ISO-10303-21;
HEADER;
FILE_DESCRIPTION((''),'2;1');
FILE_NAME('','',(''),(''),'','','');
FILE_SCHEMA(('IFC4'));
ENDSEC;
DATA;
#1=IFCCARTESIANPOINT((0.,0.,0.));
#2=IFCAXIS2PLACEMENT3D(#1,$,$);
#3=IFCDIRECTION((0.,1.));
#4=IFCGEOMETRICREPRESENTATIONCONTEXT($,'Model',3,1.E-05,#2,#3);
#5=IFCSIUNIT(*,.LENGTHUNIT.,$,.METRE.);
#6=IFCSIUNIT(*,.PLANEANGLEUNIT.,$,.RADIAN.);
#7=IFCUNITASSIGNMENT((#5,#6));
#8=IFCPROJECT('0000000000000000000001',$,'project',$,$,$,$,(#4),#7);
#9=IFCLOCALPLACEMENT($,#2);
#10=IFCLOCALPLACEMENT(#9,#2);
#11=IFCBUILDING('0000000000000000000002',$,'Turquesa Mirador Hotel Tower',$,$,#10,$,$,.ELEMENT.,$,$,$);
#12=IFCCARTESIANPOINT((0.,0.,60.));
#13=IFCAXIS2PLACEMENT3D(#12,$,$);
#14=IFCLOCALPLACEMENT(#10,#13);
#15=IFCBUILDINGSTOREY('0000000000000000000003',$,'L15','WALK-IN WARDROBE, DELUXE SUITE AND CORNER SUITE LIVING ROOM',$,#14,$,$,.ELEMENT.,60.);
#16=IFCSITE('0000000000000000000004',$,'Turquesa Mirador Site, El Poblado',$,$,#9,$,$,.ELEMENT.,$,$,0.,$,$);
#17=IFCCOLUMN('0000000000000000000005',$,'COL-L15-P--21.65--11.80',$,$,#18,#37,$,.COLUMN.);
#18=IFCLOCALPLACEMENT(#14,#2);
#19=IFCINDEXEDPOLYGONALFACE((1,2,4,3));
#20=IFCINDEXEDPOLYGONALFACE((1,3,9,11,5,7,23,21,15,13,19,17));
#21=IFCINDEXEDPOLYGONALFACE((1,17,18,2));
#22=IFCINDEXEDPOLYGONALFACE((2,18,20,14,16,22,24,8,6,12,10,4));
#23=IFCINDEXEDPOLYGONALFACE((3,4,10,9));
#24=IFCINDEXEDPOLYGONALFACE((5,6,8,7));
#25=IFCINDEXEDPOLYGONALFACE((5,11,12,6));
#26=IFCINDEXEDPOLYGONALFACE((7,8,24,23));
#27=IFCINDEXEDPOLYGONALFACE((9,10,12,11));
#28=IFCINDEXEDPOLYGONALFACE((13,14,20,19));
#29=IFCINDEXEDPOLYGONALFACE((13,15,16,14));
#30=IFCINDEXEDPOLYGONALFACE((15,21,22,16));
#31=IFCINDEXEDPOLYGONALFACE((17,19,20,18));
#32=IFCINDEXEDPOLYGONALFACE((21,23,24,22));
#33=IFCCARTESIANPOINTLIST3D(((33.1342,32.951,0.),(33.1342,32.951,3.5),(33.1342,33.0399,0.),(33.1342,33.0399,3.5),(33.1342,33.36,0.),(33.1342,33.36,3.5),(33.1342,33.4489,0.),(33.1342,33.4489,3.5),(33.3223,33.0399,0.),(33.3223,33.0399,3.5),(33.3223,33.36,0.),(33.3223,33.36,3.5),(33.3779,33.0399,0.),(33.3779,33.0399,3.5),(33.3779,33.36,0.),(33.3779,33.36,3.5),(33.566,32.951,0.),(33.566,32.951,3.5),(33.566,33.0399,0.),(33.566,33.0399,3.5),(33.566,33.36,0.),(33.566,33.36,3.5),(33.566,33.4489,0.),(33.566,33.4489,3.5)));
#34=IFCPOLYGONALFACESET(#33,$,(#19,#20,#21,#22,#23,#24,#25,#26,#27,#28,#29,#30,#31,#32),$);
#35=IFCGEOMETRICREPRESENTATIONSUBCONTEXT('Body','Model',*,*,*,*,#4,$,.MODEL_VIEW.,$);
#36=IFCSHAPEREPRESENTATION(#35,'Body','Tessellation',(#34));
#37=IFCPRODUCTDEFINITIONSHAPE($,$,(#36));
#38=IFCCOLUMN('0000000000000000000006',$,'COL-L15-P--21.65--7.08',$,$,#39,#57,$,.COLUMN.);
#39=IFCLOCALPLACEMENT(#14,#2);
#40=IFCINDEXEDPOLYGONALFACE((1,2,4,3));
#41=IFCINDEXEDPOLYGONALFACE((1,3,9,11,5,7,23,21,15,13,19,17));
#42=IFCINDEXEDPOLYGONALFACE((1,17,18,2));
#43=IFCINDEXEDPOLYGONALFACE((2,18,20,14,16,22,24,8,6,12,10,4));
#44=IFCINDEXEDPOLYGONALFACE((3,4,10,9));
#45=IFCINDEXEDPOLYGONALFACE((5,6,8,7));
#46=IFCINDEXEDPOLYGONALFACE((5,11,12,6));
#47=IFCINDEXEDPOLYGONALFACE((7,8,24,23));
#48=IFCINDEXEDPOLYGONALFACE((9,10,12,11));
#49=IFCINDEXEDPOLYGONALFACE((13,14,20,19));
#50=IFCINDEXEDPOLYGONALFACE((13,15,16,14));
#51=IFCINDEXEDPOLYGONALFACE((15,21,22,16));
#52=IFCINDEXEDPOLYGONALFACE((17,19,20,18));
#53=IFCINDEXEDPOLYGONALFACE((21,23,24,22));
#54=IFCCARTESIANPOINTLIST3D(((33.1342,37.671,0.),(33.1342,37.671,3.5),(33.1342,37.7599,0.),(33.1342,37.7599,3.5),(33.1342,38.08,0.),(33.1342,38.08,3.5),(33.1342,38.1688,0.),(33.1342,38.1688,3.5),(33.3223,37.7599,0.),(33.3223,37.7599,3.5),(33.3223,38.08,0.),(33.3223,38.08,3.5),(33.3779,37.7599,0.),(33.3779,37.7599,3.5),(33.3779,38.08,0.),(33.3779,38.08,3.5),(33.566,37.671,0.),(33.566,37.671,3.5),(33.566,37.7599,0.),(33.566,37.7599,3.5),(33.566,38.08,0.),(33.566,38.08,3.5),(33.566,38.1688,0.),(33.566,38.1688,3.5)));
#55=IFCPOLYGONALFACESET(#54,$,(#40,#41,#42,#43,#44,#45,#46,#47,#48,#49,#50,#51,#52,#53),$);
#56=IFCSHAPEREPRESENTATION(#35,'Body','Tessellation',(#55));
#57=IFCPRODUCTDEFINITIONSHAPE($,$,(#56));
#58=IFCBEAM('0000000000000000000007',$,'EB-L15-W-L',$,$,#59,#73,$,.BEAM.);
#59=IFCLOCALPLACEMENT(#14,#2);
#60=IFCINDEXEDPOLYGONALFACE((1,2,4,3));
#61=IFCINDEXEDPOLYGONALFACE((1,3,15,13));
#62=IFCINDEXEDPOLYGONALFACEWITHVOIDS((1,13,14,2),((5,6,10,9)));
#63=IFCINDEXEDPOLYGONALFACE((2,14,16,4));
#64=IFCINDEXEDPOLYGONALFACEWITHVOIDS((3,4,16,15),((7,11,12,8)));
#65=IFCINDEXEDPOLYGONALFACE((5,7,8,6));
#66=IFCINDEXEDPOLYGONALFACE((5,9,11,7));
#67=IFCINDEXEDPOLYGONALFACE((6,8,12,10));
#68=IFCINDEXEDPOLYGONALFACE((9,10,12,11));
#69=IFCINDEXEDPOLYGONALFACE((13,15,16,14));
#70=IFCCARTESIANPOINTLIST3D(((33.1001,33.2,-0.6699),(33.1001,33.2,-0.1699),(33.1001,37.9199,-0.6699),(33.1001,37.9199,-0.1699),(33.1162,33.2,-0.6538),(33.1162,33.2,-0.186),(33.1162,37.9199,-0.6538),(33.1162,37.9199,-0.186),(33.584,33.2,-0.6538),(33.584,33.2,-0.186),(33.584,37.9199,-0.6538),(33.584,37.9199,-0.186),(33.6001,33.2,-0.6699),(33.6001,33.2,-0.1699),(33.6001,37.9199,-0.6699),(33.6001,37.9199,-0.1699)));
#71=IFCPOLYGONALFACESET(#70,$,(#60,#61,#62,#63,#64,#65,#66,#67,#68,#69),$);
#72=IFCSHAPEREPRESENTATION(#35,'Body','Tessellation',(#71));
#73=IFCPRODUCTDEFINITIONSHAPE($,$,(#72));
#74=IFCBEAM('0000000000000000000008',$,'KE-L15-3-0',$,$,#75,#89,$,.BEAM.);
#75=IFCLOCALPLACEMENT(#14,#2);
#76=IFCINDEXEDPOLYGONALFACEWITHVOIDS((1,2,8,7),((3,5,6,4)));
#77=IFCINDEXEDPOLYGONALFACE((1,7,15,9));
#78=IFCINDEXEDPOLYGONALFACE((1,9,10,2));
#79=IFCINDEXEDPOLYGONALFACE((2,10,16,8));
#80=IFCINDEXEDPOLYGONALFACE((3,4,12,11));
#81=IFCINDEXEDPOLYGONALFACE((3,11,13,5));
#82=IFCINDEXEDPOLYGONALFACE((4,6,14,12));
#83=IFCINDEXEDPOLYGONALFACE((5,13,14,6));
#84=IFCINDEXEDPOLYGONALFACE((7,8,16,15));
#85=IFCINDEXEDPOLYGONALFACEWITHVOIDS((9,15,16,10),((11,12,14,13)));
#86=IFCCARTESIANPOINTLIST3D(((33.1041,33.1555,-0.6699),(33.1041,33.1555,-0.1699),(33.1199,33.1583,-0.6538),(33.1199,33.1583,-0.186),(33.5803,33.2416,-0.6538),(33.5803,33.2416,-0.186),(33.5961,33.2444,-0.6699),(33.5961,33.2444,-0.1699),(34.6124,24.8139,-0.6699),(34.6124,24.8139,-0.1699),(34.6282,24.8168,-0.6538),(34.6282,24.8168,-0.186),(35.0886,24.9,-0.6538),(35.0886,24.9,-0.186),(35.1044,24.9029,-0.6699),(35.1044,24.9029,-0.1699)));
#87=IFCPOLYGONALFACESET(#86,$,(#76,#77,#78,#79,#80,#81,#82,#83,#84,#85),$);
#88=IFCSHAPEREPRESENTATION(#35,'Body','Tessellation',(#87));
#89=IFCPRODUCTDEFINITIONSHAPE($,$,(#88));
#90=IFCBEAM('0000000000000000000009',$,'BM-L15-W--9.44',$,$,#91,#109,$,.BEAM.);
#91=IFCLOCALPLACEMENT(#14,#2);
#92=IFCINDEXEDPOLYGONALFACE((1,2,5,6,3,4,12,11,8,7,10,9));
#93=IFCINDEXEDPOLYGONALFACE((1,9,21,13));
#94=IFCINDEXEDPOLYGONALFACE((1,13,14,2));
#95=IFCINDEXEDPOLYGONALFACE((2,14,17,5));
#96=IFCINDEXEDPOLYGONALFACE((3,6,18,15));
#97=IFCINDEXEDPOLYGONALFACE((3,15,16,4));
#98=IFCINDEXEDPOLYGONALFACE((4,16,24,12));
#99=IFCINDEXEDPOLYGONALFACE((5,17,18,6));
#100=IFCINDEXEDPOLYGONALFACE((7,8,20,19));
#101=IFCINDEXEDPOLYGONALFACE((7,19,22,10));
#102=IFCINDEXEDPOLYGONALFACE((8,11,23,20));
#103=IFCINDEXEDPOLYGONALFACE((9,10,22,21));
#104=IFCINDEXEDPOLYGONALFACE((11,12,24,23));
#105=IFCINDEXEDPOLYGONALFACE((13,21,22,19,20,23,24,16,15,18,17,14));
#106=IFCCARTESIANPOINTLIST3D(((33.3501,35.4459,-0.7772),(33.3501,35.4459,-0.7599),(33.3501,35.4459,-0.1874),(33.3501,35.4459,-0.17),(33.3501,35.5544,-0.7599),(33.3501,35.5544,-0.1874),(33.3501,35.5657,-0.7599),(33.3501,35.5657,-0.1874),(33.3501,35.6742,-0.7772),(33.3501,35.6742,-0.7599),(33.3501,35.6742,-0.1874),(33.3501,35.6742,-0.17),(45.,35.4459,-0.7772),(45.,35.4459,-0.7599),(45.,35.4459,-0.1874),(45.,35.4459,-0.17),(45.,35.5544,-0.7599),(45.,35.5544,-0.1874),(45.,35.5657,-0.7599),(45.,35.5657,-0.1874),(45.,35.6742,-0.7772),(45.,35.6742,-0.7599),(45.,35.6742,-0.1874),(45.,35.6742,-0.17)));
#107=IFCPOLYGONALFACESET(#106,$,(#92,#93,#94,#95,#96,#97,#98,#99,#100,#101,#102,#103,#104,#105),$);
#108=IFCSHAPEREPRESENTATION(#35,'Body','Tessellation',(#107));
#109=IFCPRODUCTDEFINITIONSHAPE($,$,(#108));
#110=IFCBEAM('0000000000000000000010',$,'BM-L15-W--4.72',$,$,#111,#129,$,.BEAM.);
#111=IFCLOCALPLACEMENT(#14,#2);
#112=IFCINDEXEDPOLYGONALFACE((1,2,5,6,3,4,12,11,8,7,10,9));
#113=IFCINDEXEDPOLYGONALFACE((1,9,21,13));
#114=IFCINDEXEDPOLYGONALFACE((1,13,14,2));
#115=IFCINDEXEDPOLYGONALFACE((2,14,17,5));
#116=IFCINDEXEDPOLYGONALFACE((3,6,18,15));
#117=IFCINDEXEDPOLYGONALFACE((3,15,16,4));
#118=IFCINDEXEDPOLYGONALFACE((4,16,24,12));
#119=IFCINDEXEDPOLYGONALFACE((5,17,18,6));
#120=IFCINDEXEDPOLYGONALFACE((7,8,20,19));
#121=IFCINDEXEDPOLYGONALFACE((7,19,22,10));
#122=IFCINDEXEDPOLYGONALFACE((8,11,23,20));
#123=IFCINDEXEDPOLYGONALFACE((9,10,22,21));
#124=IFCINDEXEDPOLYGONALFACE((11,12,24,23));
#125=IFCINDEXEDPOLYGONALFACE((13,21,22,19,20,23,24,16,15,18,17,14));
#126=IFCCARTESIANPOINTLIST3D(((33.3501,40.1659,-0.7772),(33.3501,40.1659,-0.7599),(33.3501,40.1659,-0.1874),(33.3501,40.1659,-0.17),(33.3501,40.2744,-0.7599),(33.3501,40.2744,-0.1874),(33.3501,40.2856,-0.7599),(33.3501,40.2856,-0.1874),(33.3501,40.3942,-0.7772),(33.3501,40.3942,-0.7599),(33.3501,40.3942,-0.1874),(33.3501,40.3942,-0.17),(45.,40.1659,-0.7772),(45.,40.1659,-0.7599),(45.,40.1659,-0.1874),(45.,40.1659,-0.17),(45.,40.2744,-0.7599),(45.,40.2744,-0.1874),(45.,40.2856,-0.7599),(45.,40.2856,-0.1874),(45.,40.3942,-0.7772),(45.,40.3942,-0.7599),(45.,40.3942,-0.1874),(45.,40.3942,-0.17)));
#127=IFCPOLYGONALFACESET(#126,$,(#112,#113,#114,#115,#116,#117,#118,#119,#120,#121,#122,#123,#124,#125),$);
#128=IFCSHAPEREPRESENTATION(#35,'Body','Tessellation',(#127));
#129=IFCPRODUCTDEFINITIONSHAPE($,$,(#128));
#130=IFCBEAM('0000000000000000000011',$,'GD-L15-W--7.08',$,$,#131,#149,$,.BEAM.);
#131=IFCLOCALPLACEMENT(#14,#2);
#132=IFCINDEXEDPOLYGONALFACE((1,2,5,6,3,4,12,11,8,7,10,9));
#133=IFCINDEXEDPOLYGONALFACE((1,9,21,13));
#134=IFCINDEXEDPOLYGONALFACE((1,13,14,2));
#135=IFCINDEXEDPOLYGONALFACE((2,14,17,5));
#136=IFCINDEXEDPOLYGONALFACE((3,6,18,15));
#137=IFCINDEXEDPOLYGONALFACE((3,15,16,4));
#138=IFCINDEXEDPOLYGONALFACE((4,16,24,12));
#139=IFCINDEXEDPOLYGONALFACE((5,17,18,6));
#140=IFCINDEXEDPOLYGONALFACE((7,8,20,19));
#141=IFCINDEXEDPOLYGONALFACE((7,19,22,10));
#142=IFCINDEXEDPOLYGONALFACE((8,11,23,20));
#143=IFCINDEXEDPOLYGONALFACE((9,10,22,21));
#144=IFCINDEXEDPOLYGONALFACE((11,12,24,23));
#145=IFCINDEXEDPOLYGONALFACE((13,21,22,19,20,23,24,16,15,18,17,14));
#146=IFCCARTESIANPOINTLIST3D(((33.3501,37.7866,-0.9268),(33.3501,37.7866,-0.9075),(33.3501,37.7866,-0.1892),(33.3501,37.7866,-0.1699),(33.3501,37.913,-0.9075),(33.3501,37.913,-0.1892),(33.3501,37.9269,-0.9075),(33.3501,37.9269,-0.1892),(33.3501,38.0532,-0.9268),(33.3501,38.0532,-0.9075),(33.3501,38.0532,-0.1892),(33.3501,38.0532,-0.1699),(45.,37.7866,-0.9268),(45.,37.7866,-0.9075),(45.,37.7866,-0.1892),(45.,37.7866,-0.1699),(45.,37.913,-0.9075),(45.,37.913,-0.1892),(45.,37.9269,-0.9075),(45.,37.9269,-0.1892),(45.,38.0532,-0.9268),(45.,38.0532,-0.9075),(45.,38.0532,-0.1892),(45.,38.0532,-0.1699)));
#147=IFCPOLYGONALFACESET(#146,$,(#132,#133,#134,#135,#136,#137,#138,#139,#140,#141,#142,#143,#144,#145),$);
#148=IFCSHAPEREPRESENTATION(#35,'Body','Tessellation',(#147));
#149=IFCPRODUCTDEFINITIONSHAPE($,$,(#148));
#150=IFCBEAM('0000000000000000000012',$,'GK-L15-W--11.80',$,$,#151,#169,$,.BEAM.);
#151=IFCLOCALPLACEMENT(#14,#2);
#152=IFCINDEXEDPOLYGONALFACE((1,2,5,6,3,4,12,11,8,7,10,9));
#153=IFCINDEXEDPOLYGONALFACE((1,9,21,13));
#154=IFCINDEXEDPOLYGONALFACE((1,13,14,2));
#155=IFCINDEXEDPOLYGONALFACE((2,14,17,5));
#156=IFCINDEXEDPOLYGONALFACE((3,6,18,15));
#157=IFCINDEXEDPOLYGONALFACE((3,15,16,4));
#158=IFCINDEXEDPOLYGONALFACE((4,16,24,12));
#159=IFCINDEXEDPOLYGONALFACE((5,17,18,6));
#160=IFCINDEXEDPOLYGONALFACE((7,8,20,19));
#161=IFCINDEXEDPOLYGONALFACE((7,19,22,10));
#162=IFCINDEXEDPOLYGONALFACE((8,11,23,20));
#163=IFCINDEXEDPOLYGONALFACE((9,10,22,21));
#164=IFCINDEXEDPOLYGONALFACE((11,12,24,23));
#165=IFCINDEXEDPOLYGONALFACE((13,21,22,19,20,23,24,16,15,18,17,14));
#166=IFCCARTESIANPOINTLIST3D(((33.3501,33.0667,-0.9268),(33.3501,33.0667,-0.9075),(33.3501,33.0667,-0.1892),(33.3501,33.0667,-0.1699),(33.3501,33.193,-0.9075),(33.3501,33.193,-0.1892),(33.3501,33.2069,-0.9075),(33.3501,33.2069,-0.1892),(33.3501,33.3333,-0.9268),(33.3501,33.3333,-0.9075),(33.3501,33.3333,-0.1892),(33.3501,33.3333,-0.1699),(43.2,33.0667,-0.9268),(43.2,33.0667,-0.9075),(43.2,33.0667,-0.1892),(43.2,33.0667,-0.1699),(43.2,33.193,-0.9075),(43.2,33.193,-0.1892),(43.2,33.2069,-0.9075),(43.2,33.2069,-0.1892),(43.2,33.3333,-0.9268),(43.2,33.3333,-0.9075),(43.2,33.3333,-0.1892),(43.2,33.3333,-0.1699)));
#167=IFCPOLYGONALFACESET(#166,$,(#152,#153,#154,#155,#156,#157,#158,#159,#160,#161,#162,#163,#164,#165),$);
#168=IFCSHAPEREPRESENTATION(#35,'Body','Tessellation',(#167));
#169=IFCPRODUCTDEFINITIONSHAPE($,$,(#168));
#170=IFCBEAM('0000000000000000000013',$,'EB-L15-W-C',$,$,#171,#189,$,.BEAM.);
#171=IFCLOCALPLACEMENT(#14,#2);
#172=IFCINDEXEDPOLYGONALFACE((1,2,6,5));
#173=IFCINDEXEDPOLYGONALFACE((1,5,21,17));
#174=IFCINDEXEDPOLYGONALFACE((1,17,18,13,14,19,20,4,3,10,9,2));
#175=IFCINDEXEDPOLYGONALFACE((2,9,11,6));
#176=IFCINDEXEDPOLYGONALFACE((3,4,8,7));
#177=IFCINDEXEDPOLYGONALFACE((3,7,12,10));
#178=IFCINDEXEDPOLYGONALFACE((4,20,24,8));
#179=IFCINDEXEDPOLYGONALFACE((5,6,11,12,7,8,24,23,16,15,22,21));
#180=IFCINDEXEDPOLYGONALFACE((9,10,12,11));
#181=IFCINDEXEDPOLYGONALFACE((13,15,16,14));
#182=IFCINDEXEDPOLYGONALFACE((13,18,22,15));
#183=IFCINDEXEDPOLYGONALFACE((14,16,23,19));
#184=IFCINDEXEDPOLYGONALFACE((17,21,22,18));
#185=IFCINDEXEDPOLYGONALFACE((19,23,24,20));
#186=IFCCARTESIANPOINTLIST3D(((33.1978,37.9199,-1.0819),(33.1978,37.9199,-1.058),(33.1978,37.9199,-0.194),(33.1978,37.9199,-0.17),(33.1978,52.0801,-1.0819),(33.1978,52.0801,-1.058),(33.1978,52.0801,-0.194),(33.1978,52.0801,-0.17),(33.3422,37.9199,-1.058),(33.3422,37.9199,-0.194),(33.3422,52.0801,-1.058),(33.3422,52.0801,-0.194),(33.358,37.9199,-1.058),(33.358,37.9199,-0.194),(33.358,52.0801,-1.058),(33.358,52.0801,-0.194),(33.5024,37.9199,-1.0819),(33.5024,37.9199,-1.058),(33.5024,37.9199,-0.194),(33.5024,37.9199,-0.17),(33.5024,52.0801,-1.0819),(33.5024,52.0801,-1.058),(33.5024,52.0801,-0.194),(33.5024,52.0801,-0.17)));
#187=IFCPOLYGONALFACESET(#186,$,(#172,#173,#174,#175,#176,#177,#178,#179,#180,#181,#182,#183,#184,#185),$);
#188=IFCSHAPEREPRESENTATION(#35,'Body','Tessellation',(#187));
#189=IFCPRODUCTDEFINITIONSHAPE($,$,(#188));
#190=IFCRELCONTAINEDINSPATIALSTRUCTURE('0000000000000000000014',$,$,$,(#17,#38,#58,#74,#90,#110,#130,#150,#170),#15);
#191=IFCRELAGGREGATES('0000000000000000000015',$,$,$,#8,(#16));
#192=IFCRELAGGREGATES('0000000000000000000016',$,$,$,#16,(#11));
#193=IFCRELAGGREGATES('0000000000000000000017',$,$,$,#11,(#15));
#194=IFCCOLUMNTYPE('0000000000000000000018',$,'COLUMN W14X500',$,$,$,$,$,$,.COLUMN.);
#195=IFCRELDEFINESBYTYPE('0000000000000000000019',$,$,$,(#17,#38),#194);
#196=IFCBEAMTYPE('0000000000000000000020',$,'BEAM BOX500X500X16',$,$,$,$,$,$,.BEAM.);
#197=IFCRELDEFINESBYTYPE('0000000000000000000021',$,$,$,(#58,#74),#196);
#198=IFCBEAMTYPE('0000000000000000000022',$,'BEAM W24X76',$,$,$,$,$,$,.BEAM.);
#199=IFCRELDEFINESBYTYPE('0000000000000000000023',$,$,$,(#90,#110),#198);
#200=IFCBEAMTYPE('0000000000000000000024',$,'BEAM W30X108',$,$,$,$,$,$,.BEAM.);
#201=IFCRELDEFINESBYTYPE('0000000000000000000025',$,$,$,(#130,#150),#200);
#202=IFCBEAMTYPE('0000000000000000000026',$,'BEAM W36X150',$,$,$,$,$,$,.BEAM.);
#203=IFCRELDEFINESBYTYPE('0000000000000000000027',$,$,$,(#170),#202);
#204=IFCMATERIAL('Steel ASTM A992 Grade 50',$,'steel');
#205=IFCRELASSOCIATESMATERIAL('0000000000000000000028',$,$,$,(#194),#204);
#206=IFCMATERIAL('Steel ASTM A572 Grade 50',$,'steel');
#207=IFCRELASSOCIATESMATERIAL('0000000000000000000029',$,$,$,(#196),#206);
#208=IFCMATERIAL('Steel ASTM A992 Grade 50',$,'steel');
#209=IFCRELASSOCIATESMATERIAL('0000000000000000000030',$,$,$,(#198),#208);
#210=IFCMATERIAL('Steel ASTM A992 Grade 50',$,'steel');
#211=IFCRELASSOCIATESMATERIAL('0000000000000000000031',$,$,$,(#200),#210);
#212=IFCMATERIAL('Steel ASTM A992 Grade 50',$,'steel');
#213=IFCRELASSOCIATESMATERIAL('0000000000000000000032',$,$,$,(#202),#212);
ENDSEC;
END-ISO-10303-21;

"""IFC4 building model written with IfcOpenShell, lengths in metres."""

from ifc_helpers import new_model, si_unit, direction, frame, origin, origin_2d, place, context, subcontext, project, spatial, hollow_rectangle, i_section, extrude, material, material_profile, profile_set, type_object, element, save


model = new_model("IFC4")

# Units and contexts
model_context = context("Model", 3, precision=1e-05, world=origin(), true_north=direction((0.0, 1.0)))
body_context = subcontext(model_context, "Body", "Model", "MODEL_VIEW")
ifc_project = project(units=[si_unit("LENGTHUNIT", "METRE"), si_unit("PLANEANGLEUNIT", "RADIAN")], contexts=[model_context])

# Site, building, storey
site_placement = place(None, origin())
site = spatial("IfcSite", under=ifc_project, at=site_placement, Name="Turquesa Mirador Site, El Poblado", CompositionType="ELEMENT", RefElevation=0.0)
building_placement = place(site_placement, origin())
building = spatial("IfcBuilding", under=site, at=building_placement, Name="Turquesa Mirador Hotel Tower", CompositionType="ELEMENT")
storey_placement = place(building_placement, frame((0.0, 0.0, 60.0)))
storey = spatial("IfcBuildingStorey", under=building, at=storey_placement, Name="L15", Description="WALK-IN WARDROBE, DELUXE SUITE AND CORNER SUITE LIVING ROOM", CompositionType="ELEMENT", Elevation=60.0)

# Columns
ifc_material_1 = material(Name="Steel ASTM A992 Grade 50", Category="steel")
ifc_material_profile_1 = material_profile(ifc_material_1, i_section(OverallWidth=0.4319, OverallDepth=0.4978, WebThickness=0.0557, FlangeThickness=0.0889, at=origin_2d()), Name="W14X500")
ifc_profile_set_1 = profile_set([ifc_material_profile_1], Name="Steel ASTM A992 Grade 50")
column_type = type_object("IfcColumnType", Name="COLUMN W14X500", PredefinedType="COLUMN", material=ifc_profile_set_1)
for number, where, z_axis, x_axis, name in (
    (1, (33.3501, 33.2, 0.0), (0.0, 0.0, 1.0), (1.0, 0.0, 0.0), "COL-L15-P--21.65--11.80"),
    (2, (33.3501, 37.9199, 0.0), (0.0, 0.0, 1.0), (1.0, 0.0, 0.0), "COL-L15-P--21.65--7.08"),
):
    element("IfcColumn", number, at=place(storey_placement, frame(where, z_axis=z_axis, x_axis=x_axis)), inside=storey, type_object=column_type, Name=name, PredefinedType="COLUMN", context=body_context, shape_type="SweptSolid", body=[
        extrude(i_section(OverallWidth=0.4319, OverallDepth=0.4978, WebThickness=0.0557, FlangeThickness=0.0889, at=origin_2d()), origin(), (0.0, 0.0, 1.0), 3.5),
    ])

# Beams
ifc_material_2 = material(Name="Steel ASTM A572 Grade 50", Category="steel")
ifc_material_profile_2 = material_profile(ifc_material_2, hollow_rectangle(XDim=0.5, YDim=0.5, WallThickness=0.0161, at=origin_2d()), Name="BOX500X500X16")
ifc_profile_set_2 = profile_set([ifc_material_profile_2], Name="Steel ASTM A572 Grade 50")
beam_type_1 = type_object("IfcBeamType", Name="BEAM BOX500X500X16", PredefinedType="BEAM", material=ifc_profile_set_2)
beam_1_placement = place(storey_placement, frame((33.3501, 33.2, -0.4199), z_axis=(0.0, 1.0, 0.0), x_axis=(-1.0, 0.0, 0.0)))
element("IfcBeam", 3, at=beam_1_placement, inside=storey, type_object=beam_type_1, Name="EB-L15-W-L", PredefinedType="BEAM", context=body_context, shape_type="SweptSolid", body=[
    extrude(hollow_rectangle(XDim=0.5, YDim=0.5, WallThickness=0.0161, at=origin_2d()), origin(), (0.0, 0.0, 1.0), 4.72),
])
beam_2_placement = place(storey_placement, frame((33.3501, 33.2, -0.4199), z_axis=(0.177932, -0.984043, 0.0), x_axis=(0.984043, 0.177932, 0.0)))
element("IfcBeam", 4, at=beam_2_placement, inside=storey, type_object=beam_type_1, Name="KE-L15-3-0", PredefinedType="BEAM", context=body_context, shape_type="SweptSolid", body=[
    extrude(hollow_rectangle(XDim=0.5, YDim=0.5, WallThickness=0.0161, at=origin_2d()), origin(), (0.0, 0.0, 1.0), 8.4768),
])
ifc_material_3 = material(Name="Steel ASTM A992 Grade 50", Category="steel")
ifc_material_profile_3 = material_profile(ifc_material_3, i_section(OverallWidth=0.2283, OverallDepth=0.6072, WebThickness=0.0112, FlangeThickness=0.0173, at=origin_2d()), Name="W24X76")
ifc_profile_set_3 = profile_set([ifc_material_profile_3], Name="Steel ASTM A992 Grade 50")
beam_type_2 = type_object("IfcBeamType", Name="BEAM W24X76", PredefinedType="BEAM", material=ifc_profile_set_3)
for number, where, z_axis, x_axis, name in (
    (5, (33.3501, 35.5601, -0.4736), (1.0, 0.0, 0.0), (0.0, 1.0, 0.0), "BM-L15-W--9.44"),
    (6, (33.3501, 40.28, -0.4736), (1.0, 0.0, 0.0), (0.0, 1.0, 0.0), "BM-L15-W--4.72"),
):
    element("IfcBeam", number, at=place(storey_placement, frame(where, z_axis=z_axis, x_axis=x_axis)), inside=storey, type_object=beam_type_2, Name=name, PredefinedType="BEAM", context=body_context, shape_type="SweptSolid", body=[
        extrude(i_section(OverallWidth=0.2283, OverallDepth=0.6072, WebThickness=0.0112, FlangeThickness=0.0173, at=origin_2d()), origin(), (0.0, 0.0, 1.0), 11.6499),
    ])
ifc_material_4 = material(Name="Steel ASTM A992 Grade 50", Category="steel")
ifc_material_profile_4 = material_profile(ifc_material_4, i_section(OverallWidth=0.2666, OverallDepth=0.7568, WebThickness=0.0139, FlangeThickness=0.0193, at=origin_2d()), Name="W30X108")
ifc_profile_set_4 = profile_set([ifc_material_profile_4], Name="Steel ASTM A992 Grade 50")
beam_type_3 = type_object("IfcBeamType", Name="BEAM W30X108", PredefinedType="BEAM", material=ifc_profile_set_4)
beam_3_placement = place(storey_placement, frame((33.3501, 37.9199, -0.5483), z_axis=(1.0, 0.0, 0.0), x_axis=(0.0, 1.0, 0.0)))
element("IfcBeam", 7, at=beam_3_placement, inside=storey, type_object=beam_type_3, Name="GD-L15-W--7.08", PredefinedType="BEAM", context=body_context, shape_type="SweptSolid", body=[
    extrude(i_section(OverallWidth=0.2666, OverallDepth=0.7568, WebThickness=0.0139, FlangeThickness=0.0193, at=origin_2d()), origin(), (0.0, 0.0, 1.0), 11.6499),
])
beam_4_placement = place(storey_placement, frame((33.3501, 33.2, -0.5483), z_axis=(1.0, 0.0, 0.0), x_axis=(0.0, 1.0, 0.0)))
element("IfcBeam", 8, at=beam_4_placement, inside=storey, type_object=beam_type_3, Name="GK-L15-W--11.80", PredefinedType="BEAM", context=body_context, shape_type="SweptSolid", body=[
    extrude(i_section(OverallWidth=0.2666, OverallDepth=0.7568, WebThickness=0.0139, FlangeThickness=0.0193, at=origin_2d()), origin(), (0.0, 0.0, 1.0), 9.8499),
])
ifc_material_5 = material(Name="Steel ASTM A992 Grade 50", Category="steel")
ifc_material_profile_5 = material_profile(ifc_material_5, i_section(OverallWidth=0.3047, OverallDepth=0.9119, WebThickness=0.0159, FlangeThickness=0.0239, at=origin_2d()), Name="W36X150")
ifc_profile_set_5 = profile_set([ifc_material_profile_5], Name="Steel ASTM A992 Grade 50")
beam_type_4 = type_object("IfcBeamType", Name="BEAM W36X150", PredefinedType="BEAM", material=ifc_profile_set_5)
beam_5_placement = place(storey_placement, frame((33.3501, 37.9199, -0.626), z_axis=(0.0, 1.0, 0.0), x_axis=(-1.0, 0.0, 0.0)))
element("IfcBeam", 9, at=beam_5_placement, inside=storey, type_object=beam_type_4, Name="EB-L15-W-C", PredefinedType="BEAM", context=body_context, shape_type="SweptSolid", body=[
    extrude(i_section(OverallWidth=0.3047, OverallDepth=0.9119, WebThickness=0.0159, FlangeThickness=0.0239, at=origin_2d()), origin(), (0.0, 0.0, 1.0), 14.1602),
])

save(model, "model.ifc")
